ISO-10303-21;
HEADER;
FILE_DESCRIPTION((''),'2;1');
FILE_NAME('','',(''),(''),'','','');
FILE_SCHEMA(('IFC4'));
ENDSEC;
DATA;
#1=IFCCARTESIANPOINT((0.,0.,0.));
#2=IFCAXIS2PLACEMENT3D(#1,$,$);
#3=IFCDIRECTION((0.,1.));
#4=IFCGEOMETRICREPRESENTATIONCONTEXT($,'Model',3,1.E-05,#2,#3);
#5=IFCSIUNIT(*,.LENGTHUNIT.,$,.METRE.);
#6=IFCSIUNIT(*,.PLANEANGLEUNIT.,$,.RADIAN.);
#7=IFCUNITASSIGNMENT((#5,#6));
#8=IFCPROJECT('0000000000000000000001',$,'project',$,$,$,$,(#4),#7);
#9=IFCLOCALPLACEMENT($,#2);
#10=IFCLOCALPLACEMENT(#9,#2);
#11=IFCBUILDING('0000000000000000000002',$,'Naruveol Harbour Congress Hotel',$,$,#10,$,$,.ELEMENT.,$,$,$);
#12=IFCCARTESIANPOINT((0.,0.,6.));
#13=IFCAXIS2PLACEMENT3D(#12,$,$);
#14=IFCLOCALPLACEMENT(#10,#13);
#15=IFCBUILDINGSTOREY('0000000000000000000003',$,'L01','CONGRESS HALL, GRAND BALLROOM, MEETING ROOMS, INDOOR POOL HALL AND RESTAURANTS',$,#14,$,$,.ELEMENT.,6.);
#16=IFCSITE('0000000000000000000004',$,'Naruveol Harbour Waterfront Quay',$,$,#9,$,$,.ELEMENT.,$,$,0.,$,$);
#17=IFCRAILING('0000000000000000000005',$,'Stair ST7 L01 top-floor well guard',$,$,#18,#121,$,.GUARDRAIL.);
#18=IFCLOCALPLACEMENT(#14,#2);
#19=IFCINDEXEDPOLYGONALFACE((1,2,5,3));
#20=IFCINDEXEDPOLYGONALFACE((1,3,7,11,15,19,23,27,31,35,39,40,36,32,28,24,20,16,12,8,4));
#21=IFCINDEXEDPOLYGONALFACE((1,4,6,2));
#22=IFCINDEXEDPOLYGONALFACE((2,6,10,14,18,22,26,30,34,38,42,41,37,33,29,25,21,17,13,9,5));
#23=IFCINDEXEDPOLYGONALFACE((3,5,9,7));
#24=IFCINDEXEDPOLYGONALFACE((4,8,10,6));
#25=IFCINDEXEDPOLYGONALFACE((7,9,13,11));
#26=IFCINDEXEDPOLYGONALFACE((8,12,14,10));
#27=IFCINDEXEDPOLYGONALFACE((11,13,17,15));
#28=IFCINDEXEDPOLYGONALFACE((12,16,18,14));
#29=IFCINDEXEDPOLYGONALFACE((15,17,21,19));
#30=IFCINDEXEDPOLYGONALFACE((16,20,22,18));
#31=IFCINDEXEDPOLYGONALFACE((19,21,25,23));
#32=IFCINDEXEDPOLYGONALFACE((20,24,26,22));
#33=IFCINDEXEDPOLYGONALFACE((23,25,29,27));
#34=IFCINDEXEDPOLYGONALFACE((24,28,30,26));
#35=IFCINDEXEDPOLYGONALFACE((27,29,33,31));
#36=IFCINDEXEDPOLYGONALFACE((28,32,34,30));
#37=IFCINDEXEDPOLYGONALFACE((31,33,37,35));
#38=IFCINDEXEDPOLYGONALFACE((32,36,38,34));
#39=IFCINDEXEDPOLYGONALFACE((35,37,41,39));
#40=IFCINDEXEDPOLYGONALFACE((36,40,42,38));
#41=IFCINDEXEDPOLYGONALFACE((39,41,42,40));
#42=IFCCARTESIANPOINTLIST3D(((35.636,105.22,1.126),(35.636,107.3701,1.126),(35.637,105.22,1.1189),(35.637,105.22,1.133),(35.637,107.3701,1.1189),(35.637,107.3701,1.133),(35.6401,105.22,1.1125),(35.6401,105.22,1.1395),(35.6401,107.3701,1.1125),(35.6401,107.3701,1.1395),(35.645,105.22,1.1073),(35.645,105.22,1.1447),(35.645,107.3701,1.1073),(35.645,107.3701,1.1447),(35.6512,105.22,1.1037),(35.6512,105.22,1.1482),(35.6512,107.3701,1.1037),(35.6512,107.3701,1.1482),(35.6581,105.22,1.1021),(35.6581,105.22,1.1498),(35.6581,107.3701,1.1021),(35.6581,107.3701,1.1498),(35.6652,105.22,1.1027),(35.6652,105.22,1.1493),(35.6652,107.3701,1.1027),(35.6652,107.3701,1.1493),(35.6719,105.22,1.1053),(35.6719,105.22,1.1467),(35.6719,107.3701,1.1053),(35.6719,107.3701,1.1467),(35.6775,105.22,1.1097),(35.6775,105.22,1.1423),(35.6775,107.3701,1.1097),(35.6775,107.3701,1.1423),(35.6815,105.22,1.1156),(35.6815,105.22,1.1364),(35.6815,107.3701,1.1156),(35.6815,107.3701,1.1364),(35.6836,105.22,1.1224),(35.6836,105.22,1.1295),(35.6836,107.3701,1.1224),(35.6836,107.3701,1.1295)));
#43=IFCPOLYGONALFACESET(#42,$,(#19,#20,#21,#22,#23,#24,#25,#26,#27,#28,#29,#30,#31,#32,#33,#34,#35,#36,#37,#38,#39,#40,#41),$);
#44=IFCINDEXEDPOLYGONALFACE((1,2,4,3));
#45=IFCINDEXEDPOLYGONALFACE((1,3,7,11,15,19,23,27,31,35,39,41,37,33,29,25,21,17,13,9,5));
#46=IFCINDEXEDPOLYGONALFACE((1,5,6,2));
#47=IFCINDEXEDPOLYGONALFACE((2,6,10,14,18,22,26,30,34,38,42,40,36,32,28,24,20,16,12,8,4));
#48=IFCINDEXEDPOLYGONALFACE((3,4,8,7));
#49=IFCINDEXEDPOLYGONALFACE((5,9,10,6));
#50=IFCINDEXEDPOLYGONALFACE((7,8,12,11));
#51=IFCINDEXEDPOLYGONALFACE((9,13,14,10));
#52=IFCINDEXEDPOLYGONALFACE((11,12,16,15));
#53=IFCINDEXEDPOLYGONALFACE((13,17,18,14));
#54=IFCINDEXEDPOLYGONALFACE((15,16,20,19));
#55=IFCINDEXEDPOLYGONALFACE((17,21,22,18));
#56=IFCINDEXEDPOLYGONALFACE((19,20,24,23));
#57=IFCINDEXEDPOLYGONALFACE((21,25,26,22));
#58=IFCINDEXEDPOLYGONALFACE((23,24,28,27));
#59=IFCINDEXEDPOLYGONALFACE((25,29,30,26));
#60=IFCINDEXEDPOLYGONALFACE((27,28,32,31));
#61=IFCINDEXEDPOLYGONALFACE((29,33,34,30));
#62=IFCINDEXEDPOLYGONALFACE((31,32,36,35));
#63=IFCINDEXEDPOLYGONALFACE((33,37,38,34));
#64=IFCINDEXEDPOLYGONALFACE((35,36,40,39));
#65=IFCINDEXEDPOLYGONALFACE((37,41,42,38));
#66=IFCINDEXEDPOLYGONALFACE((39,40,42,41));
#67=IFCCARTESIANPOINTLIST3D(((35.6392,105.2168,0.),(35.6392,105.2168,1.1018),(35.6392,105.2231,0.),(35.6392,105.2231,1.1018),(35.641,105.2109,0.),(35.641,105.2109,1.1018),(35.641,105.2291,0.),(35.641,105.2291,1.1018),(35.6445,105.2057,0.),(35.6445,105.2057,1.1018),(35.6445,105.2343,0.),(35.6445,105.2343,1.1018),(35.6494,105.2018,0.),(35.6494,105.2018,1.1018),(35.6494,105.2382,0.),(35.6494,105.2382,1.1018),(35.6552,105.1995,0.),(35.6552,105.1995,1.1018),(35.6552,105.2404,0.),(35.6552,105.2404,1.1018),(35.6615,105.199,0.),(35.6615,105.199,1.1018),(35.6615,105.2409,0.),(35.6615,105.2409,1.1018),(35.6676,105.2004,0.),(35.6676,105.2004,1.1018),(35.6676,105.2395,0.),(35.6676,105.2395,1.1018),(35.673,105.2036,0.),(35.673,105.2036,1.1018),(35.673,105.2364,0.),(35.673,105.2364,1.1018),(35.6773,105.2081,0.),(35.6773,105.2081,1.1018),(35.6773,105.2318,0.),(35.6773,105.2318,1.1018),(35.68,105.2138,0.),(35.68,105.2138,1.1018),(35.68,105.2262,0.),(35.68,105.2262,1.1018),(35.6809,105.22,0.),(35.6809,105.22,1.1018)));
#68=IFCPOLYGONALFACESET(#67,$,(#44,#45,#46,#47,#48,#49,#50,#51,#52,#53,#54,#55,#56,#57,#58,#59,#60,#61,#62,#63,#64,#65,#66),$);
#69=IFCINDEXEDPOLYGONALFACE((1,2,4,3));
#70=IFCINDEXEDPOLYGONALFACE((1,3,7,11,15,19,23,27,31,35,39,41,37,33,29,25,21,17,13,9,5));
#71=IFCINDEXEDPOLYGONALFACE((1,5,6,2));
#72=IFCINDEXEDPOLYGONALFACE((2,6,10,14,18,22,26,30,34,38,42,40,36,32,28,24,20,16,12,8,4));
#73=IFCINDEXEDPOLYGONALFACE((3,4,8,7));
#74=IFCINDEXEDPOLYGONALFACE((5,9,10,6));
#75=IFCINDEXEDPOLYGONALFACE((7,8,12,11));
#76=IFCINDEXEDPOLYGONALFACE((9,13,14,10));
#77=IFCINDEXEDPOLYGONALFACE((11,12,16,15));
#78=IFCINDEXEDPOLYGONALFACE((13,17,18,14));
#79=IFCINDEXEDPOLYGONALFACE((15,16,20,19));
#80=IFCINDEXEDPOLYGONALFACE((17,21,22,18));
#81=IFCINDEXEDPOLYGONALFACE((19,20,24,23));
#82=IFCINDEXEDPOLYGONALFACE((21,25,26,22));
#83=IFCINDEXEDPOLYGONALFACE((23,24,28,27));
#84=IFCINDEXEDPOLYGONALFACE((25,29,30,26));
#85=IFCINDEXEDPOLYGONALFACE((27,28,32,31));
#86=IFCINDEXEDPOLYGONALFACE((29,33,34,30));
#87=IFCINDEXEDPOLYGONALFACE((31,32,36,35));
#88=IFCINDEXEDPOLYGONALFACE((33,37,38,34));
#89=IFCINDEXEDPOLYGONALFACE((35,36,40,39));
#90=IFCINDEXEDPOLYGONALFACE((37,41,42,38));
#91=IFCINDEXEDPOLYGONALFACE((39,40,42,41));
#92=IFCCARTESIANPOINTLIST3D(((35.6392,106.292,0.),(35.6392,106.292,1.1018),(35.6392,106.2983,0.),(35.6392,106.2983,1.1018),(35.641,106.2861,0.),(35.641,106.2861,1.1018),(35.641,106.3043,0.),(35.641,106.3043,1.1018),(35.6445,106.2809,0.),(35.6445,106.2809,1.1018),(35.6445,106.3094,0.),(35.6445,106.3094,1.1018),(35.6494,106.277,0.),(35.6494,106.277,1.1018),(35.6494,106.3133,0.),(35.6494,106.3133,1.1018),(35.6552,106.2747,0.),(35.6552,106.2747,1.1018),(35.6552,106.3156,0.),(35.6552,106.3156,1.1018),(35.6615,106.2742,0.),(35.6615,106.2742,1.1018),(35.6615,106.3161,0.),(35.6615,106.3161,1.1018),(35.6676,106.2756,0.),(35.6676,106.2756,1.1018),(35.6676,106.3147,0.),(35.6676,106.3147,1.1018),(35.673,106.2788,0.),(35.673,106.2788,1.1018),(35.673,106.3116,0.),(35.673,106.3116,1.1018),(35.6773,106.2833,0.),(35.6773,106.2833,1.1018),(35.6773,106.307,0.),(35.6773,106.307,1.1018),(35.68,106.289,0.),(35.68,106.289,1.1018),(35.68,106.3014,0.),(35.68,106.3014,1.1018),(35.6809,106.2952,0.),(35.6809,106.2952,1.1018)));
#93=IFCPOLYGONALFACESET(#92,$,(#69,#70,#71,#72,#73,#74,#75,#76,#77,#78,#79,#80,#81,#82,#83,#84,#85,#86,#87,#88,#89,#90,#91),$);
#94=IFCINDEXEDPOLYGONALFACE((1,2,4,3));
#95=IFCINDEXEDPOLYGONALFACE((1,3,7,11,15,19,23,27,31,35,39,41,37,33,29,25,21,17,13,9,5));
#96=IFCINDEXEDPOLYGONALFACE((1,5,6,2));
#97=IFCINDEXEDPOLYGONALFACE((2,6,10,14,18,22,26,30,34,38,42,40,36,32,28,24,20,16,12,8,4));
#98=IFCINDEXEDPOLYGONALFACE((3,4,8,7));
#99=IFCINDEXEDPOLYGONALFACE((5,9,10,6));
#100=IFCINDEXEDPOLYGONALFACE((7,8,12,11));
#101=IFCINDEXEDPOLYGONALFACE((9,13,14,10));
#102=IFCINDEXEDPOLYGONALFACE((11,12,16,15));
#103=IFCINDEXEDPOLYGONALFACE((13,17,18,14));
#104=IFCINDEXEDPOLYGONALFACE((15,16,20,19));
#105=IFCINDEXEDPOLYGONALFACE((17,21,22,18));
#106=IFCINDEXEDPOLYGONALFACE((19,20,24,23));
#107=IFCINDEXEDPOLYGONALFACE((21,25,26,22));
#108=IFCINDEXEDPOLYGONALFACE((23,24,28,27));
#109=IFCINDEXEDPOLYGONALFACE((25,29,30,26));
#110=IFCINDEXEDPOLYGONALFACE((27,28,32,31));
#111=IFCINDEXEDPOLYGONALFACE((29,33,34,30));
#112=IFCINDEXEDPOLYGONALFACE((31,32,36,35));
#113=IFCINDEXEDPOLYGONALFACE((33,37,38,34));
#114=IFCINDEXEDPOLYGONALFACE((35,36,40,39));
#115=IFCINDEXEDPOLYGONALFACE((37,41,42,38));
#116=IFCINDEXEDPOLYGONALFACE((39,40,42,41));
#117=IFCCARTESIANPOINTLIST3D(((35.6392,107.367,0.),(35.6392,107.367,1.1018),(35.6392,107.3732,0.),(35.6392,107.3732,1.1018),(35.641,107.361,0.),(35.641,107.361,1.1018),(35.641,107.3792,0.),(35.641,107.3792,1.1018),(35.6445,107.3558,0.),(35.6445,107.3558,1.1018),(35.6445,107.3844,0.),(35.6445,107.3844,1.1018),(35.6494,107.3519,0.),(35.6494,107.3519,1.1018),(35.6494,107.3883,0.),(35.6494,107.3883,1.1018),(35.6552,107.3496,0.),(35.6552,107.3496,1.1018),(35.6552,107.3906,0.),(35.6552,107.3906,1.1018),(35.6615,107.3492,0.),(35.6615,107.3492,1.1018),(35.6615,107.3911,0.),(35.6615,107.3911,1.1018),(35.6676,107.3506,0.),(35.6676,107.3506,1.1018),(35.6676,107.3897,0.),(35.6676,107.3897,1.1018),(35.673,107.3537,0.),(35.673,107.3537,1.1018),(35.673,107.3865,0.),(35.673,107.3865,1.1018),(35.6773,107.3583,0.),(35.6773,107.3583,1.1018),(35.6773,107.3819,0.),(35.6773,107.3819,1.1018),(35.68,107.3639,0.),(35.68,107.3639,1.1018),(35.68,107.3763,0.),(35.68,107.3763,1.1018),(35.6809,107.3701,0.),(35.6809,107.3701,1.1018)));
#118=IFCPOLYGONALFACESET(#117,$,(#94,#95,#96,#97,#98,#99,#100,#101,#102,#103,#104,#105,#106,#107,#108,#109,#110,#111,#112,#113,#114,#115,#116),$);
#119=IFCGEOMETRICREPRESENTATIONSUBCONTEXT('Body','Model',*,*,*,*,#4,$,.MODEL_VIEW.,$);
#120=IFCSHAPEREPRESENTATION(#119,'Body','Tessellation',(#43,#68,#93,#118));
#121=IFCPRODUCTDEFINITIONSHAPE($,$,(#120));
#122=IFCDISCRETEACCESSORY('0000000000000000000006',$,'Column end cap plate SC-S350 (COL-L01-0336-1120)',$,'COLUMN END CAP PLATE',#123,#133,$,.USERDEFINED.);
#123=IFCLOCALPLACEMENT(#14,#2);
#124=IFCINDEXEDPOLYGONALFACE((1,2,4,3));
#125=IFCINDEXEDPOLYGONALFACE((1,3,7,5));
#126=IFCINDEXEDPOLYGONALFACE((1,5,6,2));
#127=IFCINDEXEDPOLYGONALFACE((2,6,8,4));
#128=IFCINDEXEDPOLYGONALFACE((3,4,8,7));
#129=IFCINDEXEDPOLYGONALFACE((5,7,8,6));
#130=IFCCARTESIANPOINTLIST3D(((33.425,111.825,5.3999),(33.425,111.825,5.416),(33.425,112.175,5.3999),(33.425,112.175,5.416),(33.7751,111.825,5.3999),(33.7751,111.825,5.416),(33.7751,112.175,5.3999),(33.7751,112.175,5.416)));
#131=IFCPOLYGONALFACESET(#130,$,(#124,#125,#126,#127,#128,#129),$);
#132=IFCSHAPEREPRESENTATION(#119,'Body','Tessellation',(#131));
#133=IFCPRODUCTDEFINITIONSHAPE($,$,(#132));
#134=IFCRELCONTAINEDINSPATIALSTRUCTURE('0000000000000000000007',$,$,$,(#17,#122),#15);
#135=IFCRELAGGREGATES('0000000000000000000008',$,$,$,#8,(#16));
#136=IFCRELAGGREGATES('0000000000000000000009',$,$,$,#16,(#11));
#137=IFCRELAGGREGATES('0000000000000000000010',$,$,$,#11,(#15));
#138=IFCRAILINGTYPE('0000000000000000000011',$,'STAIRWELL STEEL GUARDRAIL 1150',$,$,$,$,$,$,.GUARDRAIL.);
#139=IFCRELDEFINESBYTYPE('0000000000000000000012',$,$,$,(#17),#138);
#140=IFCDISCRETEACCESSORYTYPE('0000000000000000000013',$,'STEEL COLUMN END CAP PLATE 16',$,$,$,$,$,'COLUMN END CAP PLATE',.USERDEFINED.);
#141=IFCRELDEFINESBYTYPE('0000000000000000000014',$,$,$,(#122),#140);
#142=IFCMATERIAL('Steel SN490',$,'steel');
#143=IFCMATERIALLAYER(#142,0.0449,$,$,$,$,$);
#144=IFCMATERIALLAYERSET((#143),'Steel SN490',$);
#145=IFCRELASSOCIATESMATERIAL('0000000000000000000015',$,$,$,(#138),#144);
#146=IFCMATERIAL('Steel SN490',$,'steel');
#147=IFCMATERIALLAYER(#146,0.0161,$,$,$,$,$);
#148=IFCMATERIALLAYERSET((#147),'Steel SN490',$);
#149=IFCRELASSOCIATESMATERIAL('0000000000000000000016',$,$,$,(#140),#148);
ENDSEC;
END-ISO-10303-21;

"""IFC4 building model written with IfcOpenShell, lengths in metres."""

from ifc_helpers import new_model, si_unit, direction, frame, origin, origin_2d, place, context, subcontext, project, spatial, rectangle, circle, extrude, material, layer, layer_set, type_object, element, save


model = new_model("IFC4")

# Units and contexts
model_context = context("Model", 3, precision=1e-05, world=origin(), true_north=direction((0.0, 1.0)))
body_context = subcontext(model_context, "Body", "Model", "MODEL_VIEW")
ifc_project = project(units=[si_unit("LENGTHUNIT", "METRE"), si_unit("PLANEANGLEUNIT", "RADIAN")], contexts=[model_context])

# Site, building, storey
site_placement = place(None, origin())
site = spatial("IfcSite", under=ifc_project, at=site_placement, Name="Naruveol Harbour Waterfront Quay", CompositionType="ELEMENT", RefElevation=0.0)
building_placement = place(site_placement, origin())
building = spatial("IfcBuilding", under=site, at=building_placement, Name="Naruveol Harbour Congress Hotel", CompositionType="ELEMENT")
storey_placement = place(building_placement, frame((0.0, 0.0, 6.0)))
storey = spatial("IfcBuildingStorey", under=building, at=storey_placement, Name="L01", Description="CONGRESS HALL, GRAND BALLROOM, MEETING ROOMS, INDOOR POOL HALL AND RESTAURANTS", CompositionType="ELEMENT", Elevation=6.0)

# Railing
ifc_material_1 = material(Name="Steel SN490", Category="steel")
ifc_layer_1 = layer(ifc_material_1, 0.0449)
ifc_layer_set_1 = layer_set([ifc_layer_1], Name="Steel SN490")
railing_type = type_object("IfcRailingType", Name="STAIRWELL STEEL GUARDRAIL 1150", PredefinedType="GUARDRAIL", material=ifc_layer_set_1)
railing_placement = place(storey_placement, frame((35.6599, 105.22, 0.0)))
element("IfcRailing", 1, at=railing_placement, inside=storey, type_object=railing_type, Name="Stair ST7 L01 top-floor well guard", PredefinedType="GUARDRAIL", context=body_context, shape_type="SweptSolid", body=[
    extrude(circle(Radius=0.0239, at=origin_2d()), frame((0.0, 0.0, 1.126), z_axis=(0.0, 1.0, 0.0), x_axis=(-1.0, 0.0, 0.0)), (0.0, 0.0, 1.0), 2.1501),
    extrude(circle(Radius=0.021, at=origin_2d()), origin(), (0.0, 0.0, 1.0), 1.1018),
    extrude(circle(Radius=0.021, at=origin_2d()), frame((0.0, 1.0752, 0.0)), (0.0, 0.0, 1.0), 1.1018),
    extrude(circle(Radius=0.021, at=origin_2d()), frame((0.0, 2.1501, 0.0)), (0.0, 0.0, 1.0), 1.1018),
])

# Discrete accessory
ifc_material_2 = material(Name="Steel SN490", Category="steel")
ifc_layer_2 = layer(ifc_material_2, 0.0161)
ifc_layer_set_2 = layer_set([ifc_layer_2], Name="Steel SN490")
discrete_accessory_type = type_object("IfcDiscreteAccessoryType", Name="STEEL COLUMN END CAP PLATE 16", ElementType="COLUMN END CAP PLATE", PredefinedType="USERDEFINED", material=ifc_layer_set_2)
discrete_accessory_placement = place(storey_placement, frame((33.6001, 112.0, 5.3999), z_axis=(0.0, 0.0, 1.0), x_axis=(1.0, 0.0, 0.0)))
element("IfcDiscreteAccessory", 2, at=discrete_accessory_placement, inside=storey, type_object=discrete_accessory_type, Name="Column end cap plate SC-S350 (COL-L01-0336-1120)", ObjectType="COLUMN END CAP PLATE", PredefinedType="USERDEFINED", context=body_context, shape_type="SweptSolid", body=[
    extrude(rectangle(XDim=0.3501, YDim=0.3501, at=origin_2d()), origin(), (0.0, 0.0, 1.0), 0.0161),
])

save(model, "model.ifc")
